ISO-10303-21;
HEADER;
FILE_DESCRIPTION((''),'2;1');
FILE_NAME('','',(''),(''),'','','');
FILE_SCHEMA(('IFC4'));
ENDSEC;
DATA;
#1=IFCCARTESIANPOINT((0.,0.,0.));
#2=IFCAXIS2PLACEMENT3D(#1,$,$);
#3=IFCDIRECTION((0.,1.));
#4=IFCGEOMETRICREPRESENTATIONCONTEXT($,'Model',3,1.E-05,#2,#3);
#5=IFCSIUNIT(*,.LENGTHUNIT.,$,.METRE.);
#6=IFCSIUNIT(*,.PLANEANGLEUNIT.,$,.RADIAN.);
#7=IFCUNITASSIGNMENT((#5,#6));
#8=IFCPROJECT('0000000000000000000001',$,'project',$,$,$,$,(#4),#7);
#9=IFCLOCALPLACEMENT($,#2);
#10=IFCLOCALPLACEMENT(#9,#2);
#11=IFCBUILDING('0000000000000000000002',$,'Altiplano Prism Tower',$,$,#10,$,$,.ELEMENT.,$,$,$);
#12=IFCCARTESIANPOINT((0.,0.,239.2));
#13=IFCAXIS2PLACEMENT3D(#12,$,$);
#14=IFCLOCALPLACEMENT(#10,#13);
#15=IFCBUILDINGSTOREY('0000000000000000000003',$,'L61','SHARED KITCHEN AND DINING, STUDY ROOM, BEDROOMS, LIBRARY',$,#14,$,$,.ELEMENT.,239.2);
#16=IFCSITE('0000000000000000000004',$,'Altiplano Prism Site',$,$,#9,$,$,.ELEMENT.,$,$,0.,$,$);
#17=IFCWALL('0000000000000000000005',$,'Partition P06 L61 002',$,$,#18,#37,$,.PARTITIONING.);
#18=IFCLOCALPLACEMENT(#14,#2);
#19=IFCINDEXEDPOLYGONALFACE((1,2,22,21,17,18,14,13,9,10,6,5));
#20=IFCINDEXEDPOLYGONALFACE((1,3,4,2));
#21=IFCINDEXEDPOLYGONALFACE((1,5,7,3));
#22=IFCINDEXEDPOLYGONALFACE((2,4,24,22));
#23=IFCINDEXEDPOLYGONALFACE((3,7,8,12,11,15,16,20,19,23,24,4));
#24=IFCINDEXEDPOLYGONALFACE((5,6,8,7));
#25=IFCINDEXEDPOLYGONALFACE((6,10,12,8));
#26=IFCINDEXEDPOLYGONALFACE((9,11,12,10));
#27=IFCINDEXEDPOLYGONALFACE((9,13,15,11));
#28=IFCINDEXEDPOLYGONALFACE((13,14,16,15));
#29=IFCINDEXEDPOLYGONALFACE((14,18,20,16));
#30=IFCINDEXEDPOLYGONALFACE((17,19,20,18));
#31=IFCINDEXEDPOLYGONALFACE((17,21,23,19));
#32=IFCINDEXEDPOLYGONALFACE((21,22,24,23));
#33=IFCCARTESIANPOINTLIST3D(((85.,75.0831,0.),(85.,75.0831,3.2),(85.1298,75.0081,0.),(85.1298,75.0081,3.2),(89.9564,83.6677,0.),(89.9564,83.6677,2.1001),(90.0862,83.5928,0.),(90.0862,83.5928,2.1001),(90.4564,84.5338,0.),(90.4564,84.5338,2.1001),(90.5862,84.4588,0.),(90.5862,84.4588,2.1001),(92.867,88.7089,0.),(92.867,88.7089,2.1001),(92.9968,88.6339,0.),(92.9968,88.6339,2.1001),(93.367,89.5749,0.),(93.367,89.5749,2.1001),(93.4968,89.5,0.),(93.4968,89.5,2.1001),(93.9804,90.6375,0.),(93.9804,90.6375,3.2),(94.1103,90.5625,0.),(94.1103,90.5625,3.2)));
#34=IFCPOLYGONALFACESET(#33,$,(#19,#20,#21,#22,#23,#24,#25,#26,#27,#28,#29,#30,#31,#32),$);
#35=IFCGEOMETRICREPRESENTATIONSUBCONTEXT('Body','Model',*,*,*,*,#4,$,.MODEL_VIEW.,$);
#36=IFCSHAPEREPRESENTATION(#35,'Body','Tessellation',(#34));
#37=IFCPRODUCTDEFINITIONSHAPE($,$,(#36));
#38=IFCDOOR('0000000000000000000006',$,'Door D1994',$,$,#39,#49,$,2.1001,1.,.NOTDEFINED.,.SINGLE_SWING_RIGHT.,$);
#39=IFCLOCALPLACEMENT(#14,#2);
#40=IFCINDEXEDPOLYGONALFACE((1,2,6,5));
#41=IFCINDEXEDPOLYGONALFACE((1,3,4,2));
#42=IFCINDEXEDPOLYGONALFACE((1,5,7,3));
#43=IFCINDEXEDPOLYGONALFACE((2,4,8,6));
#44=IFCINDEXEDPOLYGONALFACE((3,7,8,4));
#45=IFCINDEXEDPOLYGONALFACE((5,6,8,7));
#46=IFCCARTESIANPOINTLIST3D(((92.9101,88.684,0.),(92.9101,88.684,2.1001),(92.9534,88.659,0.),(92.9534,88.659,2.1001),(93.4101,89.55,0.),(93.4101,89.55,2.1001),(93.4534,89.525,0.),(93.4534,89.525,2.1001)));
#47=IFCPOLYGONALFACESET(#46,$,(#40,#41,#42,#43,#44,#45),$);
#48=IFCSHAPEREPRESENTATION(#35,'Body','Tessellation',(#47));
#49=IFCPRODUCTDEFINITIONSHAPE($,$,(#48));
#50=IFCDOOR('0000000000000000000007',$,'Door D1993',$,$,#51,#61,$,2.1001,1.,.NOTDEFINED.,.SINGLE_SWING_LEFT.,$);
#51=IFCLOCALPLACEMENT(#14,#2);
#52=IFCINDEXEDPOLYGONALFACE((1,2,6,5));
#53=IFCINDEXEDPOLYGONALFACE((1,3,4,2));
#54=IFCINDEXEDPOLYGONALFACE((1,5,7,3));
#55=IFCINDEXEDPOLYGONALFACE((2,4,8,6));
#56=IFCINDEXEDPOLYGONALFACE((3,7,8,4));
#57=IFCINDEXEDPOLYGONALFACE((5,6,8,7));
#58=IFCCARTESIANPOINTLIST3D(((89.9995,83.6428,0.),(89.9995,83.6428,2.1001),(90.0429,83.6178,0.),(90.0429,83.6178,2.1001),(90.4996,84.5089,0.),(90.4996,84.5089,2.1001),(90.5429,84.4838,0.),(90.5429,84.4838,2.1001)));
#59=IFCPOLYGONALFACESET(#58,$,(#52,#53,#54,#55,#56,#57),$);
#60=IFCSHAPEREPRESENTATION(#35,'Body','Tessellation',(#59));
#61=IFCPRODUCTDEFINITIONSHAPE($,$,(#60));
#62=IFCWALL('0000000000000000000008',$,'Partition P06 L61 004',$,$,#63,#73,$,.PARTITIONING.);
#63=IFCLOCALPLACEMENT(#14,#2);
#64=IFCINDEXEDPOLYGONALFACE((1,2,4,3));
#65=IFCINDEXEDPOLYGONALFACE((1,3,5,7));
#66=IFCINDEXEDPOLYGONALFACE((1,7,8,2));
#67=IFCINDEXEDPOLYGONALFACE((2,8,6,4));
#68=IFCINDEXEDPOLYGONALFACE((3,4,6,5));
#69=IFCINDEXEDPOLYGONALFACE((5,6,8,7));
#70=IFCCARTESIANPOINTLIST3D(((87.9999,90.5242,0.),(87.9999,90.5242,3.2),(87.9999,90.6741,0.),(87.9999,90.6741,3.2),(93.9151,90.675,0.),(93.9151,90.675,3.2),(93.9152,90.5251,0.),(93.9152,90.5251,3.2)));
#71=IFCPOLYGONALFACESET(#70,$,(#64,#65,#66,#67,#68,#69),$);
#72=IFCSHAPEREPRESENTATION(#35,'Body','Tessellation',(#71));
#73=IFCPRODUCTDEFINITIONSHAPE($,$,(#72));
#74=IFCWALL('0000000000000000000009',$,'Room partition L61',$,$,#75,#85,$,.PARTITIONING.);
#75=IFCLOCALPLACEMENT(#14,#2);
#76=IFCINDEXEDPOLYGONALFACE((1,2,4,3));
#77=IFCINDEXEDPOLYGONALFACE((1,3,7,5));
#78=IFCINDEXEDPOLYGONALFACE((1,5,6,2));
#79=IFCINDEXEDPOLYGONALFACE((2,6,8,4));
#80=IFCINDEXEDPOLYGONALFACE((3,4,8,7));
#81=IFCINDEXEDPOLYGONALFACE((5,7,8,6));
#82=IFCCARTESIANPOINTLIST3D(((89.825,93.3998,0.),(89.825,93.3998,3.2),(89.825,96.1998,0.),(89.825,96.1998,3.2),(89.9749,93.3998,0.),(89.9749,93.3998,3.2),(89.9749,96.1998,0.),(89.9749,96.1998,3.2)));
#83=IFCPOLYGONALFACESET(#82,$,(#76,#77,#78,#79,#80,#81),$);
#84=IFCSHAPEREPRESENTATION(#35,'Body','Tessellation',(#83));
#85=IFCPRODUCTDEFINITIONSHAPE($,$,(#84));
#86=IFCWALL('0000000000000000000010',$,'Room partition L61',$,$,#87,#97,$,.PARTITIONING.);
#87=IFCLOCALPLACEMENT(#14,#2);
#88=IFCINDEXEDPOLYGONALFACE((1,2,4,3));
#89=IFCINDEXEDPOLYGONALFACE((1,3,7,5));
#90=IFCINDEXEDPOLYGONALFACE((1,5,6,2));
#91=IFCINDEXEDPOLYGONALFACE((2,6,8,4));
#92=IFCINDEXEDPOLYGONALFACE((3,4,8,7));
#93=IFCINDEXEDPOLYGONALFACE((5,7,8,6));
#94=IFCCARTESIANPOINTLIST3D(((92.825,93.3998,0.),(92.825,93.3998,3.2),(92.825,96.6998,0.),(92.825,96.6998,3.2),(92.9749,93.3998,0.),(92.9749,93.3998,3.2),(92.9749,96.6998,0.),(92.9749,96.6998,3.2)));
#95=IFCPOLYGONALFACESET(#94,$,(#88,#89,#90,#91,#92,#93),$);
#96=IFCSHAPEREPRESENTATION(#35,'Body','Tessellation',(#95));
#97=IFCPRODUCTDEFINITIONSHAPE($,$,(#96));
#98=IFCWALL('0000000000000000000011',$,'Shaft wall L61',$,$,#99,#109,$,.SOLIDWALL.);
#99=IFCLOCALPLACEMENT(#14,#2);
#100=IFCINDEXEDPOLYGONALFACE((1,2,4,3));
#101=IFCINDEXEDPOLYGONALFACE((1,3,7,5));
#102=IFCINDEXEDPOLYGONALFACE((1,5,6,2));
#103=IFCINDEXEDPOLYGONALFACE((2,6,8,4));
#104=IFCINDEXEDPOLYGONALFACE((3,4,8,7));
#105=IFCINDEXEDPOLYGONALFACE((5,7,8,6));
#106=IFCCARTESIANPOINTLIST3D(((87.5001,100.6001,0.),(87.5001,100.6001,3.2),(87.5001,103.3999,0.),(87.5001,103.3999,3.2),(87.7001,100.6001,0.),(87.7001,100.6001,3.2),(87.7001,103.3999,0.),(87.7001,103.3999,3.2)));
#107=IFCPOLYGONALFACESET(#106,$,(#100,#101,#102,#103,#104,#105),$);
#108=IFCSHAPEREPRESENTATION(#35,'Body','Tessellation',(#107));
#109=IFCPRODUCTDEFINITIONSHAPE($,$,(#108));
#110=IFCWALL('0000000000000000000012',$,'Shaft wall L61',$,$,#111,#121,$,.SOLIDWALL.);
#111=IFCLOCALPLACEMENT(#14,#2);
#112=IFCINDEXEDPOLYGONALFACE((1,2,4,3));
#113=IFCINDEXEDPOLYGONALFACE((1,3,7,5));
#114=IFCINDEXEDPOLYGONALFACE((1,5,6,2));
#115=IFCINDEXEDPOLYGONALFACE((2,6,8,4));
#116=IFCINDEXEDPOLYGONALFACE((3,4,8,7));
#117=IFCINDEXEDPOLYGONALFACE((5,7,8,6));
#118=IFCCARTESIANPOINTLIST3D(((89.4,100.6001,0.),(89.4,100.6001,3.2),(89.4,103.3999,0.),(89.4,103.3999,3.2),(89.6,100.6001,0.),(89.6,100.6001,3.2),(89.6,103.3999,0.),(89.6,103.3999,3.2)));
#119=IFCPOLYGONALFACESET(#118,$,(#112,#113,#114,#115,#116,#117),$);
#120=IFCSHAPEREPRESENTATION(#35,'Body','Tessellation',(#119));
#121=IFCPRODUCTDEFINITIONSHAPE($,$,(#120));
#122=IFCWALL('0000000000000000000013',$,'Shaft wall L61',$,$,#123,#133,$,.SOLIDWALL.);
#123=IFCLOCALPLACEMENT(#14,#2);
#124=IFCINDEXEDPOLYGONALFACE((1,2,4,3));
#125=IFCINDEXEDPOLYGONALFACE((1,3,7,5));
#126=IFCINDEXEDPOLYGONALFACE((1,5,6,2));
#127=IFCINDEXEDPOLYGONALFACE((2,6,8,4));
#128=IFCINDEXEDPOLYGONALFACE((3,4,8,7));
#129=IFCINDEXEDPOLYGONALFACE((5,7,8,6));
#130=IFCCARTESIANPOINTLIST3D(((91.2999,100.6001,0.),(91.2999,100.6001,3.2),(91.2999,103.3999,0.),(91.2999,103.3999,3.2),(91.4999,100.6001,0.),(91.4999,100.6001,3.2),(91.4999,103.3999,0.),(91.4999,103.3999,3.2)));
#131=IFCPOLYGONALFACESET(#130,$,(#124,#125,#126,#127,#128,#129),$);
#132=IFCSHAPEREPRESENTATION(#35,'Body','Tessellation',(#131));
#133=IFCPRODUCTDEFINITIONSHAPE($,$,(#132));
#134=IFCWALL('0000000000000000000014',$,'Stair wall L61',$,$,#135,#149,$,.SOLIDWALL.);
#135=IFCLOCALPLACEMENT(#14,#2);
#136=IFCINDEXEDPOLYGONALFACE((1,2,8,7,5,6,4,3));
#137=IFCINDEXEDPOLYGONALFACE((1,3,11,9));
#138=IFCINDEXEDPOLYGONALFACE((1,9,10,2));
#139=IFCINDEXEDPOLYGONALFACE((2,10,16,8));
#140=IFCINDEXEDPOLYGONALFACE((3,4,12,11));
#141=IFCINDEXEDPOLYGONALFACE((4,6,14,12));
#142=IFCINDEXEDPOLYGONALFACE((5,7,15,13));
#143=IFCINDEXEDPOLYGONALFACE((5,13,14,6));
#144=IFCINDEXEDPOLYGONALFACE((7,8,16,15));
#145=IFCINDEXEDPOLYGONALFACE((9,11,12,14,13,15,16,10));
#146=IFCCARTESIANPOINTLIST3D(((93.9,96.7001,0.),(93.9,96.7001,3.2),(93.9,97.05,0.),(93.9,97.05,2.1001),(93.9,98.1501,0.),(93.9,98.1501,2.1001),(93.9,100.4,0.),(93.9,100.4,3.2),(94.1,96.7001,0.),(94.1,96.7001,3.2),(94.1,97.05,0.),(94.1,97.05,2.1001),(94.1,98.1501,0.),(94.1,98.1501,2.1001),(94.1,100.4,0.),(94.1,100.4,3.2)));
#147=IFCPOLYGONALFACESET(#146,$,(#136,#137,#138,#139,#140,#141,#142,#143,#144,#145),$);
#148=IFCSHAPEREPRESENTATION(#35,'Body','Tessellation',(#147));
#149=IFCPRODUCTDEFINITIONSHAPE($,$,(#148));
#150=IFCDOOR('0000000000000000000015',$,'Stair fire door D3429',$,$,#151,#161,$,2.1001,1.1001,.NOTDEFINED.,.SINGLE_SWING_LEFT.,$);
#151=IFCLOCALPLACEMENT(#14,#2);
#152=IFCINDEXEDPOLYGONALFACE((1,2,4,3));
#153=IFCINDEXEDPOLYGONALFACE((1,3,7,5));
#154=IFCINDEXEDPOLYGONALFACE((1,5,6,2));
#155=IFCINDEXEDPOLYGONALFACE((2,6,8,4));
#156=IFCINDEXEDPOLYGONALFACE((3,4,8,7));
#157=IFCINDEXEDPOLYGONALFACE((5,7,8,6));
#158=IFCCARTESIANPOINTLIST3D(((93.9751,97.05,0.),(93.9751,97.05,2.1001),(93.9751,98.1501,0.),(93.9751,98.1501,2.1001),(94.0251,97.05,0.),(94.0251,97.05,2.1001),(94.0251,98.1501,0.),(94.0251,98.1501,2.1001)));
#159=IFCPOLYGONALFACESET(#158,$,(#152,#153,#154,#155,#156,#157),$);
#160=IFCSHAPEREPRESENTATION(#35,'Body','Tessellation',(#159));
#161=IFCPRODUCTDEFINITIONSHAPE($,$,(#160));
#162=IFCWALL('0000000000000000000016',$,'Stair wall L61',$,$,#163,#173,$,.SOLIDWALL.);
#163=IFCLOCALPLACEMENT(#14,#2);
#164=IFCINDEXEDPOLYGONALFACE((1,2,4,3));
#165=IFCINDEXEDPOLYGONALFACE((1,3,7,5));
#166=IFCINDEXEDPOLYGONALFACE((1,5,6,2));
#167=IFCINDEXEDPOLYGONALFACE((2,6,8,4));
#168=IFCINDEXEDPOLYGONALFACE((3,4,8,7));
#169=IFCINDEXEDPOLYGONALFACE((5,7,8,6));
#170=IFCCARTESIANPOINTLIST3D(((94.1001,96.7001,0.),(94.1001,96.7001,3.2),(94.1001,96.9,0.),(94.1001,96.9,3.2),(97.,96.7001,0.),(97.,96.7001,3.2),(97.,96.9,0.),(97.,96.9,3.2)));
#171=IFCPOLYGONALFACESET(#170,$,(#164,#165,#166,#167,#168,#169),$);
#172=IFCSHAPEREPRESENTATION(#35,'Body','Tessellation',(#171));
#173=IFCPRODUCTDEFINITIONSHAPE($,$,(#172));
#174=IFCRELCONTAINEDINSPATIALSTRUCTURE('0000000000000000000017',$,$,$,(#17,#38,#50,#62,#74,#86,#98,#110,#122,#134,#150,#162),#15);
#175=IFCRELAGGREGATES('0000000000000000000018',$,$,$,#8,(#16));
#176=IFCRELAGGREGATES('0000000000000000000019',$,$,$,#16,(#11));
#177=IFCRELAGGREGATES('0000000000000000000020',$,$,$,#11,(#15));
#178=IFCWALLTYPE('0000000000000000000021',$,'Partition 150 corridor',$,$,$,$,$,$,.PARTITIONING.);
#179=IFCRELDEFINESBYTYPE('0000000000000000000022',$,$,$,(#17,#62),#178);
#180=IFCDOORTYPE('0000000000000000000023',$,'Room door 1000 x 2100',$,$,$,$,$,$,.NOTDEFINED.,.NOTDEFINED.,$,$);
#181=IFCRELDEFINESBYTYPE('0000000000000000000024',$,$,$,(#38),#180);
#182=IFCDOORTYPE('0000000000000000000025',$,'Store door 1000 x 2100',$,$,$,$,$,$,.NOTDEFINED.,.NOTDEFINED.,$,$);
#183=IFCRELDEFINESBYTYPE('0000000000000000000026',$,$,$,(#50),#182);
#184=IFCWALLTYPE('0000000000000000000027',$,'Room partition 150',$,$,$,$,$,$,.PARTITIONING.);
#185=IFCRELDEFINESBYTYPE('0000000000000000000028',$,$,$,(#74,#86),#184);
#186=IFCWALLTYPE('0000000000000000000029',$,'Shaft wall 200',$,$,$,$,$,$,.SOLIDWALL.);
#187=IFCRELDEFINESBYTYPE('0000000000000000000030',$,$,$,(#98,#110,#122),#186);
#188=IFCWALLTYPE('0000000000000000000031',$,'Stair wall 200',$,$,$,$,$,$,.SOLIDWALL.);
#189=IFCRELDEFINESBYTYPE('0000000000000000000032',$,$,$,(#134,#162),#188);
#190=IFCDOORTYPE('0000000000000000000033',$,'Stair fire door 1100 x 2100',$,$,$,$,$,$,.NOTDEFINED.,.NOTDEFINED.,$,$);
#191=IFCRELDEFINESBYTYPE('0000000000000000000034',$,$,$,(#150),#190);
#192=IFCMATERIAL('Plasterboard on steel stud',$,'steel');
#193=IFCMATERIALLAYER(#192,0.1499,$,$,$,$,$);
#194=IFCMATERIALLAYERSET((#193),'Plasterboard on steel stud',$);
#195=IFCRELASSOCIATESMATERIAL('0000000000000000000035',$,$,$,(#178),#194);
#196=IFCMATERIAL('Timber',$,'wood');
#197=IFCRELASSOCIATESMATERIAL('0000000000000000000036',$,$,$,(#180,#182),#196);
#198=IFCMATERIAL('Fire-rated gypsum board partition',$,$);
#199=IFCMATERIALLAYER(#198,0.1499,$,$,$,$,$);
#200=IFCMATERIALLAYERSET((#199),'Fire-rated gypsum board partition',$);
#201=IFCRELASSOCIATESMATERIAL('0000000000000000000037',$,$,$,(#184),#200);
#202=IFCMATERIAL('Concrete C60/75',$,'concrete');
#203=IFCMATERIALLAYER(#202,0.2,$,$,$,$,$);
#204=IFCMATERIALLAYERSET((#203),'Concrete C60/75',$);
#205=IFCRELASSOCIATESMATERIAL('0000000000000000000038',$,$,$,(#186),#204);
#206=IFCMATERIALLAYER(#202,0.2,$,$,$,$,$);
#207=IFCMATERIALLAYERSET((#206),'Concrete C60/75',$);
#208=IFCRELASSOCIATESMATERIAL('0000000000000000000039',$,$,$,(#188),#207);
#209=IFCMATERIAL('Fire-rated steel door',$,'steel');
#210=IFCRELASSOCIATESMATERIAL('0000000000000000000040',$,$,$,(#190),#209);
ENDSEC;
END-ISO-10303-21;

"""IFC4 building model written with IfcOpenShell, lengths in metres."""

from ifc_helpers import new_model, si_unit, direction, frame, frame_2d, origin, place, context, subcontext, project, spatial, rectangle, extrude, material, layer, layer_set, type_object, element, fill, save


model = new_model("IFC4")

# Units and contexts
model_context = context("Model", 3, precision=1e-05, world=origin(), true_north=direction((0.0, 1.0)))
body_context = subcontext(model_context, "Body", "Model", "MODEL_VIEW")
ifc_project = project(units=[si_unit("LENGTHUNIT", "METRE"), si_unit("PLANEANGLEUNIT", "RADIAN")], contexts=[model_context])

# Site, building, storey
site_placement = place(None, origin())
site = spatial("IfcSite", under=ifc_project, at=site_placement, Name="Altiplano Prism Site", CompositionType="ELEMENT", RefElevation=0.0)
building_placement = place(site_placement, origin())
building = spatial("IfcBuilding", under=site, at=building_placement, Name="Altiplano Prism Tower", CompositionType="ELEMENT")
storey_placement = place(building_placement, frame((0.0, 0.0, 239.2)))
storey = spatial("IfcBuildingStorey", under=building, at=storey_placement, Name="L61", Description="SHARED KITCHEN AND DINING, STUDY ROOM, BEDROOMS, LIBRARY", CompositionType="ELEMENT", Elevation=239.2)

# Wall, openings, doors
ifc_material_1 = material(Name="Plasterboard on steel stud", Category="steel")
ifc_layer_1 = layer(ifc_material_1, 0.1499)
ifc_layer_set_1 = layer_set([ifc_layer_1], Name="Plasterboard on steel stud")
wall_type_1 = type_object("IfcWallType", Name="Partition 150 corridor", PredefinedType="PARTITIONING", material=ifc_layer_set_1)
wall_1_placement = place(storey_placement, frame((94.0454, 90.6001, 0.0), z_axis=(0.0, 0.0, 1.0), x_axis=(-0.500004, -0.866023, 0.0)))
wall_1 = element("IfcWall", 1, at=wall_1_placement, inside=storey, type_object=wall_type_1, Name="Partition P06 L61 002", PredefinedType="PARTITIONING", context=body_context, shape_type="SweptSolid", body=[
    extrude(rectangle(XDim=17.9607, YDim=0.1499, at=frame_2d((8.9805, 0.0))), origin(), (0.0, 0.0, 1.0), 3.2),
])
opening_1_placement = place(wall_1_placement, frame((7.0481, 0.0, 0.0)))
opening_1 = element("IfcOpeningElement", 2, at=opening_1_placement, cuts=wall_1, PredefinedType="OPENING", context=body_context, shape_type="SweptSolid", body=[
    extrude(rectangle(XDim=1.0, YDim=2.1001, at=frame_2d((0.5, 1.05))), frame((0.0, 0.0854, 0.0), z_axis=(0.0, -1.0, 0.0), x_axis=(1.0, 0.0, 0.0)), (0.0, 0.0, 1.0), 0.1709),
])
opening_2_placement = place(wall_1_placement, frame((1.2271, 0.0, 0.0)))
opening_2 = element("IfcOpeningElement", 3, at=opening_2_placement, cuts=wall_1, PredefinedType="OPENING", context=body_context, shape_type="SweptSolid", body=[
    extrude(rectangle(XDim=1.0, YDim=2.1001, at=frame_2d((0.5, 1.05))), frame((0.0, 0.0854, 0.0), z_axis=(0.0, -1.0, 0.0), x_axis=(1.0, 0.0, 0.0)), (0.0, 0.0, 1.0), 0.1709),
])
ifc_material_2 = material(Name="Timber", Category="wood")
door_type_1 = type_object("IfcDoorType", Name="Room door 1000 x 2100", OperationType="NOTDEFINED", PredefinedType="NOTDEFINED", material=ifc_material_2)
door_1_placement = place(opening_2_placement, origin())
door_1 = element("IfcDoor", 4, at=door_1_placement, inside=storey, type_object=door_type_1, Name="Door D1994", OperationType="SINGLE_SWING_RIGHT", OverallHeight=2.1001, OverallWidth=1.0, PredefinedType="NOTDEFINED", context=body_context, shape_type="SweptSolid", body=[
    extrude(rectangle(XDim=1.0, YDim=2.1001, at=frame_2d((0.5, 1.05))), frame((0.0, 0.0249, 0.0), z_axis=(0.0, -1.0, 0.0), x_axis=(1.0, 0.0, 0.0)), (0.0, 0.0, 1.0), 0.05),
])
fill(opening_2, door_1)
door_type_2 = type_object("IfcDoorType", Name="Store door 1000 x 2100", OperationType="NOTDEFINED", PredefinedType="NOTDEFINED", material=ifc_material_2)
door_2_placement = place(opening_1_placement, origin())
door_2 = element("IfcDoor", 5, at=door_2_placement, inside=storey, type_object=door_type_2, Name="Door D1993", OperationType="SINGLE_SWING_LEFT", OverallHeight=2.1001, OverallWidth=1.0, PredefinedType="NOTDEFINED", context=body_context, shape_type="SweptSolid", body=[
    extrude(rectangle(XDim=1.0, YDim=2.1001, at=frame_2d((0.5, 1.05))), frame((0.0, 0.0249, 0.0), z_axis=(0.0, -1.0, 0.0), x_axis=(1.0, 0.0, 0.0)), (0.0, 0.0, 1.0), 0.05),
])
fill(opening_1, door_2)

# Walls
wall_2_placement = place(storey_placement, frame((88.0, 90.5991, 0.0), z_axis=(0.0, 0.0, 1.0), x_axis=(1.0, 0.000165, 0.0)))
element("IfcWall", 6, at=wall_2_placement, inside=storey, type_object=wall_type_1, Name="Partition P06 L61 004", PredefinedType="PARTITIONING", context=body_context, shape_type="SweptSolid", body=[
    extrude(rectangle(XDim=5.9153, YDim=0.1499, at=frame_2d((2.9575, 0.0))), origin(), (0.0, 0.0, 1.0), 3.2),
])
ifc_material_3 = material(Name="Fire-rated gypsum board partition")
ifc_layer_2 = layer(ifc_material_3, 0.1499)
ifc_layer_set_2 = layer_set([ifc_layer_2], Name="Fire-rated gypsum board partition")
wall_type_2 = type_object("IfcWallType", Name="Room partition 150", PredefinedType="PARTITIONING", material=ifc_layer_set_2)
wall_3_placement = place(storey_placement, frame((89.8999, 93.3999, 0.0), z_axis=(0.0, 0.0, 1.0), x_axis=(0.0, 1.0, 0.0)))
element("IfcWall", 7, at=wall_3_placement, inside=storey, type_object=wall_type_2, Name="Room partition L61", PredefinedType="PARTITIONING", context=body_context, shape_type="SweptSolid", body=[
    extrude(rectangle(XDim=2.8, YDim=0.1499, at=frame_2d((1.3999, 0.0))), origin(), (0.0, 0.0, 1.0), 3.2),
])
wall_4_placement = place(storey_placement, frame((92.8999, 93.3999, 0.0), z_axis=(0.0, 0.0, 1.0), x_axis=(0.0, 1.0, 0.0)))
element("IfcWall", 8, at=wall_4_placement, inside=storey, type_object=wall_type_2, Name="Room partition L61", PredefinedType="PARTITIONING", context=body_context, shape_type="SweptSolid", body=[
    extrude(rectangle(XDim=3.3, YDim=0.1499, at=frame_2d((1.6499, 0.0))), origin(), (0.0, 0.0, 1.0), 3.2),
])
ifc_material_4 = material(Name="Concrete C60/75", Category="concrete")
ifc_layer_3 = layer(ifc_material_4, 0.2)
ifc_layer_set_3 = layer_set([ifc_layer_3], Name="Concrete C60/75")
wall_type_3 = type_object("IfcWallType", Name="Shaft wall 200", PredefinedType="SOLIDWALL", material=ifc_layer_set_3)
for number, where, z_axis, x_axis, name in (
    (9, (87.6001, 100.6001, 0.0), (0.0, 0.0, 1.0), (0.0, 1.0, 0.0), "Shaft wall L61"),
    (10, (89.5, 100.6001, 0.0), (0.0, 0.0, 1.0), (0.0, 1.0, 0.0), "Shaft wall L61"),
    (11, (91.3999, 100.6001, 0.0), (0.0, 0.0, 1.0), (0.0, 1.0, 0.0), "Shaft wall L61"),
):
    element("IfcWall", number, at=place(storey_placement, frame(where, z_axis=z_axis, x_axis=x_axis)), inside=storey, type_object=wall_type_3, Name=name, PredefinedType="SOLIDWALL", context=body_context, shape_type="SweptSolid", body=[
        extrude(rectangle(XDim=2.7998, YDim=0.2, at=frame_2d((1.3999, 0.0))), origin(), (0.0, 0.0, 1.0), 3.2),
    ])

# Wall, opening, door
ifc_layer_4 = layer(ifc_material_4, 0.2)
ifc_layer_set_4 = layer_set([ifc_layer_4], Name="Concrete C60/75")
wall_type_4 = type_object("IfcWallType", Name="Stair wall 200", PredefinedType="SOLIDWALL", material=ifc_layer_set_4)
wall_5_placement = place(storey_placement, frame((94.0, 96.7, 0.0), z_axis=(0.0, 0.0, 1.0), x_axis=(0.0, 1.0, 0.0)))
wall_5 = element("IfcWall", 12, at=wall_5_placement, inside=storey, type_object=wall_type_4, Name="Stair wall L61", PredefinedType="SOLIDWALL", context=body_context, shape_type="SweptSolid", body=[
    extrude(rectangle(XDim=3.7, YDim=0.2, at=frame_2d((1.8501, 0.0))), origin(), (0.0, 0.0, 1.0), 3.2),
])
opening_3_placement = place(wall_5_placement, frame((0.3501, 0.0, 0.0)))
opening_3 = element("IfcOpeningElement", 13, at=opening_3_placement, cuts=wall_5, PredefinedType="OPENING", context=body_context, shape_type="SweptSolid", body=[
    extrude(rectangle(XDim=1.1001, YDim=2.1001, at=frame_2d((0.55, 1.05))), frame((0.0, 0.1104, 0.0), z_axis=(0.0, -1.0, 0.0), x_axis=(1.0, 0.0, 0.0)), (0.0, 0.0, 1.0), 0.2209),
])
ifc_material_5 = material(Name="Fire-rated steel door", Category="steel")
door_type_3 = type_object("IfcDoorType", Name="Stair fire door 1100 x 2100", OperationType="NOTDEFINED", PredefinedType="NOTDEFINED", material=ifc_material_5)
door_3_placement = place(opening_3_placement, origin())
door_3 = element("IfcDoor", 14, at=door_3_placement, inside=storey, type_object=door_type_3, Name="Stair fire door D3429", OperationType="SINGLE_SWING_LEFT", OverallHeight=2.1001, OverallWidth=1.1001, PredefinedType="NOTDEFINED", context=body_context, shape_type="SweptSolid", body=[
    extrude(rectangle(XDim=1.1001, YDim=2.1001, at=frame_2d((0.55, 1.05))), frame((0.0, 0.0249, 0.0), z_axis=(0.0, -1.0, 0.0), x_axis=(1.0, 0.0, 0.0)), (0.0, 0.0, 1.0), 0.05),
])
fill(opening_3, door_3)

# Wall
wall_6_placement = place(storey_placement, frame((94.1001, 96.8, 0.0), z_axis=(0.0, 0.0, 1.0), x_axis=(1.0, 0.0, 0.0)))
element("IfcWall", 15, at=wall_6_placement, inside=storey, type_object=wall_type_4, Name="Stair wall L61", PredefinedType="SOLIDWALL", context=body_context, shape_type="SweptSolid", body=[
    extrude(rectangle(XDim=2.8999, YDim=0.2, at=frame_2d((1.45, 0.0))), origin(), (0.0, 0.0, 1.0), 3.2),
])

save(model, "model.ifc")
